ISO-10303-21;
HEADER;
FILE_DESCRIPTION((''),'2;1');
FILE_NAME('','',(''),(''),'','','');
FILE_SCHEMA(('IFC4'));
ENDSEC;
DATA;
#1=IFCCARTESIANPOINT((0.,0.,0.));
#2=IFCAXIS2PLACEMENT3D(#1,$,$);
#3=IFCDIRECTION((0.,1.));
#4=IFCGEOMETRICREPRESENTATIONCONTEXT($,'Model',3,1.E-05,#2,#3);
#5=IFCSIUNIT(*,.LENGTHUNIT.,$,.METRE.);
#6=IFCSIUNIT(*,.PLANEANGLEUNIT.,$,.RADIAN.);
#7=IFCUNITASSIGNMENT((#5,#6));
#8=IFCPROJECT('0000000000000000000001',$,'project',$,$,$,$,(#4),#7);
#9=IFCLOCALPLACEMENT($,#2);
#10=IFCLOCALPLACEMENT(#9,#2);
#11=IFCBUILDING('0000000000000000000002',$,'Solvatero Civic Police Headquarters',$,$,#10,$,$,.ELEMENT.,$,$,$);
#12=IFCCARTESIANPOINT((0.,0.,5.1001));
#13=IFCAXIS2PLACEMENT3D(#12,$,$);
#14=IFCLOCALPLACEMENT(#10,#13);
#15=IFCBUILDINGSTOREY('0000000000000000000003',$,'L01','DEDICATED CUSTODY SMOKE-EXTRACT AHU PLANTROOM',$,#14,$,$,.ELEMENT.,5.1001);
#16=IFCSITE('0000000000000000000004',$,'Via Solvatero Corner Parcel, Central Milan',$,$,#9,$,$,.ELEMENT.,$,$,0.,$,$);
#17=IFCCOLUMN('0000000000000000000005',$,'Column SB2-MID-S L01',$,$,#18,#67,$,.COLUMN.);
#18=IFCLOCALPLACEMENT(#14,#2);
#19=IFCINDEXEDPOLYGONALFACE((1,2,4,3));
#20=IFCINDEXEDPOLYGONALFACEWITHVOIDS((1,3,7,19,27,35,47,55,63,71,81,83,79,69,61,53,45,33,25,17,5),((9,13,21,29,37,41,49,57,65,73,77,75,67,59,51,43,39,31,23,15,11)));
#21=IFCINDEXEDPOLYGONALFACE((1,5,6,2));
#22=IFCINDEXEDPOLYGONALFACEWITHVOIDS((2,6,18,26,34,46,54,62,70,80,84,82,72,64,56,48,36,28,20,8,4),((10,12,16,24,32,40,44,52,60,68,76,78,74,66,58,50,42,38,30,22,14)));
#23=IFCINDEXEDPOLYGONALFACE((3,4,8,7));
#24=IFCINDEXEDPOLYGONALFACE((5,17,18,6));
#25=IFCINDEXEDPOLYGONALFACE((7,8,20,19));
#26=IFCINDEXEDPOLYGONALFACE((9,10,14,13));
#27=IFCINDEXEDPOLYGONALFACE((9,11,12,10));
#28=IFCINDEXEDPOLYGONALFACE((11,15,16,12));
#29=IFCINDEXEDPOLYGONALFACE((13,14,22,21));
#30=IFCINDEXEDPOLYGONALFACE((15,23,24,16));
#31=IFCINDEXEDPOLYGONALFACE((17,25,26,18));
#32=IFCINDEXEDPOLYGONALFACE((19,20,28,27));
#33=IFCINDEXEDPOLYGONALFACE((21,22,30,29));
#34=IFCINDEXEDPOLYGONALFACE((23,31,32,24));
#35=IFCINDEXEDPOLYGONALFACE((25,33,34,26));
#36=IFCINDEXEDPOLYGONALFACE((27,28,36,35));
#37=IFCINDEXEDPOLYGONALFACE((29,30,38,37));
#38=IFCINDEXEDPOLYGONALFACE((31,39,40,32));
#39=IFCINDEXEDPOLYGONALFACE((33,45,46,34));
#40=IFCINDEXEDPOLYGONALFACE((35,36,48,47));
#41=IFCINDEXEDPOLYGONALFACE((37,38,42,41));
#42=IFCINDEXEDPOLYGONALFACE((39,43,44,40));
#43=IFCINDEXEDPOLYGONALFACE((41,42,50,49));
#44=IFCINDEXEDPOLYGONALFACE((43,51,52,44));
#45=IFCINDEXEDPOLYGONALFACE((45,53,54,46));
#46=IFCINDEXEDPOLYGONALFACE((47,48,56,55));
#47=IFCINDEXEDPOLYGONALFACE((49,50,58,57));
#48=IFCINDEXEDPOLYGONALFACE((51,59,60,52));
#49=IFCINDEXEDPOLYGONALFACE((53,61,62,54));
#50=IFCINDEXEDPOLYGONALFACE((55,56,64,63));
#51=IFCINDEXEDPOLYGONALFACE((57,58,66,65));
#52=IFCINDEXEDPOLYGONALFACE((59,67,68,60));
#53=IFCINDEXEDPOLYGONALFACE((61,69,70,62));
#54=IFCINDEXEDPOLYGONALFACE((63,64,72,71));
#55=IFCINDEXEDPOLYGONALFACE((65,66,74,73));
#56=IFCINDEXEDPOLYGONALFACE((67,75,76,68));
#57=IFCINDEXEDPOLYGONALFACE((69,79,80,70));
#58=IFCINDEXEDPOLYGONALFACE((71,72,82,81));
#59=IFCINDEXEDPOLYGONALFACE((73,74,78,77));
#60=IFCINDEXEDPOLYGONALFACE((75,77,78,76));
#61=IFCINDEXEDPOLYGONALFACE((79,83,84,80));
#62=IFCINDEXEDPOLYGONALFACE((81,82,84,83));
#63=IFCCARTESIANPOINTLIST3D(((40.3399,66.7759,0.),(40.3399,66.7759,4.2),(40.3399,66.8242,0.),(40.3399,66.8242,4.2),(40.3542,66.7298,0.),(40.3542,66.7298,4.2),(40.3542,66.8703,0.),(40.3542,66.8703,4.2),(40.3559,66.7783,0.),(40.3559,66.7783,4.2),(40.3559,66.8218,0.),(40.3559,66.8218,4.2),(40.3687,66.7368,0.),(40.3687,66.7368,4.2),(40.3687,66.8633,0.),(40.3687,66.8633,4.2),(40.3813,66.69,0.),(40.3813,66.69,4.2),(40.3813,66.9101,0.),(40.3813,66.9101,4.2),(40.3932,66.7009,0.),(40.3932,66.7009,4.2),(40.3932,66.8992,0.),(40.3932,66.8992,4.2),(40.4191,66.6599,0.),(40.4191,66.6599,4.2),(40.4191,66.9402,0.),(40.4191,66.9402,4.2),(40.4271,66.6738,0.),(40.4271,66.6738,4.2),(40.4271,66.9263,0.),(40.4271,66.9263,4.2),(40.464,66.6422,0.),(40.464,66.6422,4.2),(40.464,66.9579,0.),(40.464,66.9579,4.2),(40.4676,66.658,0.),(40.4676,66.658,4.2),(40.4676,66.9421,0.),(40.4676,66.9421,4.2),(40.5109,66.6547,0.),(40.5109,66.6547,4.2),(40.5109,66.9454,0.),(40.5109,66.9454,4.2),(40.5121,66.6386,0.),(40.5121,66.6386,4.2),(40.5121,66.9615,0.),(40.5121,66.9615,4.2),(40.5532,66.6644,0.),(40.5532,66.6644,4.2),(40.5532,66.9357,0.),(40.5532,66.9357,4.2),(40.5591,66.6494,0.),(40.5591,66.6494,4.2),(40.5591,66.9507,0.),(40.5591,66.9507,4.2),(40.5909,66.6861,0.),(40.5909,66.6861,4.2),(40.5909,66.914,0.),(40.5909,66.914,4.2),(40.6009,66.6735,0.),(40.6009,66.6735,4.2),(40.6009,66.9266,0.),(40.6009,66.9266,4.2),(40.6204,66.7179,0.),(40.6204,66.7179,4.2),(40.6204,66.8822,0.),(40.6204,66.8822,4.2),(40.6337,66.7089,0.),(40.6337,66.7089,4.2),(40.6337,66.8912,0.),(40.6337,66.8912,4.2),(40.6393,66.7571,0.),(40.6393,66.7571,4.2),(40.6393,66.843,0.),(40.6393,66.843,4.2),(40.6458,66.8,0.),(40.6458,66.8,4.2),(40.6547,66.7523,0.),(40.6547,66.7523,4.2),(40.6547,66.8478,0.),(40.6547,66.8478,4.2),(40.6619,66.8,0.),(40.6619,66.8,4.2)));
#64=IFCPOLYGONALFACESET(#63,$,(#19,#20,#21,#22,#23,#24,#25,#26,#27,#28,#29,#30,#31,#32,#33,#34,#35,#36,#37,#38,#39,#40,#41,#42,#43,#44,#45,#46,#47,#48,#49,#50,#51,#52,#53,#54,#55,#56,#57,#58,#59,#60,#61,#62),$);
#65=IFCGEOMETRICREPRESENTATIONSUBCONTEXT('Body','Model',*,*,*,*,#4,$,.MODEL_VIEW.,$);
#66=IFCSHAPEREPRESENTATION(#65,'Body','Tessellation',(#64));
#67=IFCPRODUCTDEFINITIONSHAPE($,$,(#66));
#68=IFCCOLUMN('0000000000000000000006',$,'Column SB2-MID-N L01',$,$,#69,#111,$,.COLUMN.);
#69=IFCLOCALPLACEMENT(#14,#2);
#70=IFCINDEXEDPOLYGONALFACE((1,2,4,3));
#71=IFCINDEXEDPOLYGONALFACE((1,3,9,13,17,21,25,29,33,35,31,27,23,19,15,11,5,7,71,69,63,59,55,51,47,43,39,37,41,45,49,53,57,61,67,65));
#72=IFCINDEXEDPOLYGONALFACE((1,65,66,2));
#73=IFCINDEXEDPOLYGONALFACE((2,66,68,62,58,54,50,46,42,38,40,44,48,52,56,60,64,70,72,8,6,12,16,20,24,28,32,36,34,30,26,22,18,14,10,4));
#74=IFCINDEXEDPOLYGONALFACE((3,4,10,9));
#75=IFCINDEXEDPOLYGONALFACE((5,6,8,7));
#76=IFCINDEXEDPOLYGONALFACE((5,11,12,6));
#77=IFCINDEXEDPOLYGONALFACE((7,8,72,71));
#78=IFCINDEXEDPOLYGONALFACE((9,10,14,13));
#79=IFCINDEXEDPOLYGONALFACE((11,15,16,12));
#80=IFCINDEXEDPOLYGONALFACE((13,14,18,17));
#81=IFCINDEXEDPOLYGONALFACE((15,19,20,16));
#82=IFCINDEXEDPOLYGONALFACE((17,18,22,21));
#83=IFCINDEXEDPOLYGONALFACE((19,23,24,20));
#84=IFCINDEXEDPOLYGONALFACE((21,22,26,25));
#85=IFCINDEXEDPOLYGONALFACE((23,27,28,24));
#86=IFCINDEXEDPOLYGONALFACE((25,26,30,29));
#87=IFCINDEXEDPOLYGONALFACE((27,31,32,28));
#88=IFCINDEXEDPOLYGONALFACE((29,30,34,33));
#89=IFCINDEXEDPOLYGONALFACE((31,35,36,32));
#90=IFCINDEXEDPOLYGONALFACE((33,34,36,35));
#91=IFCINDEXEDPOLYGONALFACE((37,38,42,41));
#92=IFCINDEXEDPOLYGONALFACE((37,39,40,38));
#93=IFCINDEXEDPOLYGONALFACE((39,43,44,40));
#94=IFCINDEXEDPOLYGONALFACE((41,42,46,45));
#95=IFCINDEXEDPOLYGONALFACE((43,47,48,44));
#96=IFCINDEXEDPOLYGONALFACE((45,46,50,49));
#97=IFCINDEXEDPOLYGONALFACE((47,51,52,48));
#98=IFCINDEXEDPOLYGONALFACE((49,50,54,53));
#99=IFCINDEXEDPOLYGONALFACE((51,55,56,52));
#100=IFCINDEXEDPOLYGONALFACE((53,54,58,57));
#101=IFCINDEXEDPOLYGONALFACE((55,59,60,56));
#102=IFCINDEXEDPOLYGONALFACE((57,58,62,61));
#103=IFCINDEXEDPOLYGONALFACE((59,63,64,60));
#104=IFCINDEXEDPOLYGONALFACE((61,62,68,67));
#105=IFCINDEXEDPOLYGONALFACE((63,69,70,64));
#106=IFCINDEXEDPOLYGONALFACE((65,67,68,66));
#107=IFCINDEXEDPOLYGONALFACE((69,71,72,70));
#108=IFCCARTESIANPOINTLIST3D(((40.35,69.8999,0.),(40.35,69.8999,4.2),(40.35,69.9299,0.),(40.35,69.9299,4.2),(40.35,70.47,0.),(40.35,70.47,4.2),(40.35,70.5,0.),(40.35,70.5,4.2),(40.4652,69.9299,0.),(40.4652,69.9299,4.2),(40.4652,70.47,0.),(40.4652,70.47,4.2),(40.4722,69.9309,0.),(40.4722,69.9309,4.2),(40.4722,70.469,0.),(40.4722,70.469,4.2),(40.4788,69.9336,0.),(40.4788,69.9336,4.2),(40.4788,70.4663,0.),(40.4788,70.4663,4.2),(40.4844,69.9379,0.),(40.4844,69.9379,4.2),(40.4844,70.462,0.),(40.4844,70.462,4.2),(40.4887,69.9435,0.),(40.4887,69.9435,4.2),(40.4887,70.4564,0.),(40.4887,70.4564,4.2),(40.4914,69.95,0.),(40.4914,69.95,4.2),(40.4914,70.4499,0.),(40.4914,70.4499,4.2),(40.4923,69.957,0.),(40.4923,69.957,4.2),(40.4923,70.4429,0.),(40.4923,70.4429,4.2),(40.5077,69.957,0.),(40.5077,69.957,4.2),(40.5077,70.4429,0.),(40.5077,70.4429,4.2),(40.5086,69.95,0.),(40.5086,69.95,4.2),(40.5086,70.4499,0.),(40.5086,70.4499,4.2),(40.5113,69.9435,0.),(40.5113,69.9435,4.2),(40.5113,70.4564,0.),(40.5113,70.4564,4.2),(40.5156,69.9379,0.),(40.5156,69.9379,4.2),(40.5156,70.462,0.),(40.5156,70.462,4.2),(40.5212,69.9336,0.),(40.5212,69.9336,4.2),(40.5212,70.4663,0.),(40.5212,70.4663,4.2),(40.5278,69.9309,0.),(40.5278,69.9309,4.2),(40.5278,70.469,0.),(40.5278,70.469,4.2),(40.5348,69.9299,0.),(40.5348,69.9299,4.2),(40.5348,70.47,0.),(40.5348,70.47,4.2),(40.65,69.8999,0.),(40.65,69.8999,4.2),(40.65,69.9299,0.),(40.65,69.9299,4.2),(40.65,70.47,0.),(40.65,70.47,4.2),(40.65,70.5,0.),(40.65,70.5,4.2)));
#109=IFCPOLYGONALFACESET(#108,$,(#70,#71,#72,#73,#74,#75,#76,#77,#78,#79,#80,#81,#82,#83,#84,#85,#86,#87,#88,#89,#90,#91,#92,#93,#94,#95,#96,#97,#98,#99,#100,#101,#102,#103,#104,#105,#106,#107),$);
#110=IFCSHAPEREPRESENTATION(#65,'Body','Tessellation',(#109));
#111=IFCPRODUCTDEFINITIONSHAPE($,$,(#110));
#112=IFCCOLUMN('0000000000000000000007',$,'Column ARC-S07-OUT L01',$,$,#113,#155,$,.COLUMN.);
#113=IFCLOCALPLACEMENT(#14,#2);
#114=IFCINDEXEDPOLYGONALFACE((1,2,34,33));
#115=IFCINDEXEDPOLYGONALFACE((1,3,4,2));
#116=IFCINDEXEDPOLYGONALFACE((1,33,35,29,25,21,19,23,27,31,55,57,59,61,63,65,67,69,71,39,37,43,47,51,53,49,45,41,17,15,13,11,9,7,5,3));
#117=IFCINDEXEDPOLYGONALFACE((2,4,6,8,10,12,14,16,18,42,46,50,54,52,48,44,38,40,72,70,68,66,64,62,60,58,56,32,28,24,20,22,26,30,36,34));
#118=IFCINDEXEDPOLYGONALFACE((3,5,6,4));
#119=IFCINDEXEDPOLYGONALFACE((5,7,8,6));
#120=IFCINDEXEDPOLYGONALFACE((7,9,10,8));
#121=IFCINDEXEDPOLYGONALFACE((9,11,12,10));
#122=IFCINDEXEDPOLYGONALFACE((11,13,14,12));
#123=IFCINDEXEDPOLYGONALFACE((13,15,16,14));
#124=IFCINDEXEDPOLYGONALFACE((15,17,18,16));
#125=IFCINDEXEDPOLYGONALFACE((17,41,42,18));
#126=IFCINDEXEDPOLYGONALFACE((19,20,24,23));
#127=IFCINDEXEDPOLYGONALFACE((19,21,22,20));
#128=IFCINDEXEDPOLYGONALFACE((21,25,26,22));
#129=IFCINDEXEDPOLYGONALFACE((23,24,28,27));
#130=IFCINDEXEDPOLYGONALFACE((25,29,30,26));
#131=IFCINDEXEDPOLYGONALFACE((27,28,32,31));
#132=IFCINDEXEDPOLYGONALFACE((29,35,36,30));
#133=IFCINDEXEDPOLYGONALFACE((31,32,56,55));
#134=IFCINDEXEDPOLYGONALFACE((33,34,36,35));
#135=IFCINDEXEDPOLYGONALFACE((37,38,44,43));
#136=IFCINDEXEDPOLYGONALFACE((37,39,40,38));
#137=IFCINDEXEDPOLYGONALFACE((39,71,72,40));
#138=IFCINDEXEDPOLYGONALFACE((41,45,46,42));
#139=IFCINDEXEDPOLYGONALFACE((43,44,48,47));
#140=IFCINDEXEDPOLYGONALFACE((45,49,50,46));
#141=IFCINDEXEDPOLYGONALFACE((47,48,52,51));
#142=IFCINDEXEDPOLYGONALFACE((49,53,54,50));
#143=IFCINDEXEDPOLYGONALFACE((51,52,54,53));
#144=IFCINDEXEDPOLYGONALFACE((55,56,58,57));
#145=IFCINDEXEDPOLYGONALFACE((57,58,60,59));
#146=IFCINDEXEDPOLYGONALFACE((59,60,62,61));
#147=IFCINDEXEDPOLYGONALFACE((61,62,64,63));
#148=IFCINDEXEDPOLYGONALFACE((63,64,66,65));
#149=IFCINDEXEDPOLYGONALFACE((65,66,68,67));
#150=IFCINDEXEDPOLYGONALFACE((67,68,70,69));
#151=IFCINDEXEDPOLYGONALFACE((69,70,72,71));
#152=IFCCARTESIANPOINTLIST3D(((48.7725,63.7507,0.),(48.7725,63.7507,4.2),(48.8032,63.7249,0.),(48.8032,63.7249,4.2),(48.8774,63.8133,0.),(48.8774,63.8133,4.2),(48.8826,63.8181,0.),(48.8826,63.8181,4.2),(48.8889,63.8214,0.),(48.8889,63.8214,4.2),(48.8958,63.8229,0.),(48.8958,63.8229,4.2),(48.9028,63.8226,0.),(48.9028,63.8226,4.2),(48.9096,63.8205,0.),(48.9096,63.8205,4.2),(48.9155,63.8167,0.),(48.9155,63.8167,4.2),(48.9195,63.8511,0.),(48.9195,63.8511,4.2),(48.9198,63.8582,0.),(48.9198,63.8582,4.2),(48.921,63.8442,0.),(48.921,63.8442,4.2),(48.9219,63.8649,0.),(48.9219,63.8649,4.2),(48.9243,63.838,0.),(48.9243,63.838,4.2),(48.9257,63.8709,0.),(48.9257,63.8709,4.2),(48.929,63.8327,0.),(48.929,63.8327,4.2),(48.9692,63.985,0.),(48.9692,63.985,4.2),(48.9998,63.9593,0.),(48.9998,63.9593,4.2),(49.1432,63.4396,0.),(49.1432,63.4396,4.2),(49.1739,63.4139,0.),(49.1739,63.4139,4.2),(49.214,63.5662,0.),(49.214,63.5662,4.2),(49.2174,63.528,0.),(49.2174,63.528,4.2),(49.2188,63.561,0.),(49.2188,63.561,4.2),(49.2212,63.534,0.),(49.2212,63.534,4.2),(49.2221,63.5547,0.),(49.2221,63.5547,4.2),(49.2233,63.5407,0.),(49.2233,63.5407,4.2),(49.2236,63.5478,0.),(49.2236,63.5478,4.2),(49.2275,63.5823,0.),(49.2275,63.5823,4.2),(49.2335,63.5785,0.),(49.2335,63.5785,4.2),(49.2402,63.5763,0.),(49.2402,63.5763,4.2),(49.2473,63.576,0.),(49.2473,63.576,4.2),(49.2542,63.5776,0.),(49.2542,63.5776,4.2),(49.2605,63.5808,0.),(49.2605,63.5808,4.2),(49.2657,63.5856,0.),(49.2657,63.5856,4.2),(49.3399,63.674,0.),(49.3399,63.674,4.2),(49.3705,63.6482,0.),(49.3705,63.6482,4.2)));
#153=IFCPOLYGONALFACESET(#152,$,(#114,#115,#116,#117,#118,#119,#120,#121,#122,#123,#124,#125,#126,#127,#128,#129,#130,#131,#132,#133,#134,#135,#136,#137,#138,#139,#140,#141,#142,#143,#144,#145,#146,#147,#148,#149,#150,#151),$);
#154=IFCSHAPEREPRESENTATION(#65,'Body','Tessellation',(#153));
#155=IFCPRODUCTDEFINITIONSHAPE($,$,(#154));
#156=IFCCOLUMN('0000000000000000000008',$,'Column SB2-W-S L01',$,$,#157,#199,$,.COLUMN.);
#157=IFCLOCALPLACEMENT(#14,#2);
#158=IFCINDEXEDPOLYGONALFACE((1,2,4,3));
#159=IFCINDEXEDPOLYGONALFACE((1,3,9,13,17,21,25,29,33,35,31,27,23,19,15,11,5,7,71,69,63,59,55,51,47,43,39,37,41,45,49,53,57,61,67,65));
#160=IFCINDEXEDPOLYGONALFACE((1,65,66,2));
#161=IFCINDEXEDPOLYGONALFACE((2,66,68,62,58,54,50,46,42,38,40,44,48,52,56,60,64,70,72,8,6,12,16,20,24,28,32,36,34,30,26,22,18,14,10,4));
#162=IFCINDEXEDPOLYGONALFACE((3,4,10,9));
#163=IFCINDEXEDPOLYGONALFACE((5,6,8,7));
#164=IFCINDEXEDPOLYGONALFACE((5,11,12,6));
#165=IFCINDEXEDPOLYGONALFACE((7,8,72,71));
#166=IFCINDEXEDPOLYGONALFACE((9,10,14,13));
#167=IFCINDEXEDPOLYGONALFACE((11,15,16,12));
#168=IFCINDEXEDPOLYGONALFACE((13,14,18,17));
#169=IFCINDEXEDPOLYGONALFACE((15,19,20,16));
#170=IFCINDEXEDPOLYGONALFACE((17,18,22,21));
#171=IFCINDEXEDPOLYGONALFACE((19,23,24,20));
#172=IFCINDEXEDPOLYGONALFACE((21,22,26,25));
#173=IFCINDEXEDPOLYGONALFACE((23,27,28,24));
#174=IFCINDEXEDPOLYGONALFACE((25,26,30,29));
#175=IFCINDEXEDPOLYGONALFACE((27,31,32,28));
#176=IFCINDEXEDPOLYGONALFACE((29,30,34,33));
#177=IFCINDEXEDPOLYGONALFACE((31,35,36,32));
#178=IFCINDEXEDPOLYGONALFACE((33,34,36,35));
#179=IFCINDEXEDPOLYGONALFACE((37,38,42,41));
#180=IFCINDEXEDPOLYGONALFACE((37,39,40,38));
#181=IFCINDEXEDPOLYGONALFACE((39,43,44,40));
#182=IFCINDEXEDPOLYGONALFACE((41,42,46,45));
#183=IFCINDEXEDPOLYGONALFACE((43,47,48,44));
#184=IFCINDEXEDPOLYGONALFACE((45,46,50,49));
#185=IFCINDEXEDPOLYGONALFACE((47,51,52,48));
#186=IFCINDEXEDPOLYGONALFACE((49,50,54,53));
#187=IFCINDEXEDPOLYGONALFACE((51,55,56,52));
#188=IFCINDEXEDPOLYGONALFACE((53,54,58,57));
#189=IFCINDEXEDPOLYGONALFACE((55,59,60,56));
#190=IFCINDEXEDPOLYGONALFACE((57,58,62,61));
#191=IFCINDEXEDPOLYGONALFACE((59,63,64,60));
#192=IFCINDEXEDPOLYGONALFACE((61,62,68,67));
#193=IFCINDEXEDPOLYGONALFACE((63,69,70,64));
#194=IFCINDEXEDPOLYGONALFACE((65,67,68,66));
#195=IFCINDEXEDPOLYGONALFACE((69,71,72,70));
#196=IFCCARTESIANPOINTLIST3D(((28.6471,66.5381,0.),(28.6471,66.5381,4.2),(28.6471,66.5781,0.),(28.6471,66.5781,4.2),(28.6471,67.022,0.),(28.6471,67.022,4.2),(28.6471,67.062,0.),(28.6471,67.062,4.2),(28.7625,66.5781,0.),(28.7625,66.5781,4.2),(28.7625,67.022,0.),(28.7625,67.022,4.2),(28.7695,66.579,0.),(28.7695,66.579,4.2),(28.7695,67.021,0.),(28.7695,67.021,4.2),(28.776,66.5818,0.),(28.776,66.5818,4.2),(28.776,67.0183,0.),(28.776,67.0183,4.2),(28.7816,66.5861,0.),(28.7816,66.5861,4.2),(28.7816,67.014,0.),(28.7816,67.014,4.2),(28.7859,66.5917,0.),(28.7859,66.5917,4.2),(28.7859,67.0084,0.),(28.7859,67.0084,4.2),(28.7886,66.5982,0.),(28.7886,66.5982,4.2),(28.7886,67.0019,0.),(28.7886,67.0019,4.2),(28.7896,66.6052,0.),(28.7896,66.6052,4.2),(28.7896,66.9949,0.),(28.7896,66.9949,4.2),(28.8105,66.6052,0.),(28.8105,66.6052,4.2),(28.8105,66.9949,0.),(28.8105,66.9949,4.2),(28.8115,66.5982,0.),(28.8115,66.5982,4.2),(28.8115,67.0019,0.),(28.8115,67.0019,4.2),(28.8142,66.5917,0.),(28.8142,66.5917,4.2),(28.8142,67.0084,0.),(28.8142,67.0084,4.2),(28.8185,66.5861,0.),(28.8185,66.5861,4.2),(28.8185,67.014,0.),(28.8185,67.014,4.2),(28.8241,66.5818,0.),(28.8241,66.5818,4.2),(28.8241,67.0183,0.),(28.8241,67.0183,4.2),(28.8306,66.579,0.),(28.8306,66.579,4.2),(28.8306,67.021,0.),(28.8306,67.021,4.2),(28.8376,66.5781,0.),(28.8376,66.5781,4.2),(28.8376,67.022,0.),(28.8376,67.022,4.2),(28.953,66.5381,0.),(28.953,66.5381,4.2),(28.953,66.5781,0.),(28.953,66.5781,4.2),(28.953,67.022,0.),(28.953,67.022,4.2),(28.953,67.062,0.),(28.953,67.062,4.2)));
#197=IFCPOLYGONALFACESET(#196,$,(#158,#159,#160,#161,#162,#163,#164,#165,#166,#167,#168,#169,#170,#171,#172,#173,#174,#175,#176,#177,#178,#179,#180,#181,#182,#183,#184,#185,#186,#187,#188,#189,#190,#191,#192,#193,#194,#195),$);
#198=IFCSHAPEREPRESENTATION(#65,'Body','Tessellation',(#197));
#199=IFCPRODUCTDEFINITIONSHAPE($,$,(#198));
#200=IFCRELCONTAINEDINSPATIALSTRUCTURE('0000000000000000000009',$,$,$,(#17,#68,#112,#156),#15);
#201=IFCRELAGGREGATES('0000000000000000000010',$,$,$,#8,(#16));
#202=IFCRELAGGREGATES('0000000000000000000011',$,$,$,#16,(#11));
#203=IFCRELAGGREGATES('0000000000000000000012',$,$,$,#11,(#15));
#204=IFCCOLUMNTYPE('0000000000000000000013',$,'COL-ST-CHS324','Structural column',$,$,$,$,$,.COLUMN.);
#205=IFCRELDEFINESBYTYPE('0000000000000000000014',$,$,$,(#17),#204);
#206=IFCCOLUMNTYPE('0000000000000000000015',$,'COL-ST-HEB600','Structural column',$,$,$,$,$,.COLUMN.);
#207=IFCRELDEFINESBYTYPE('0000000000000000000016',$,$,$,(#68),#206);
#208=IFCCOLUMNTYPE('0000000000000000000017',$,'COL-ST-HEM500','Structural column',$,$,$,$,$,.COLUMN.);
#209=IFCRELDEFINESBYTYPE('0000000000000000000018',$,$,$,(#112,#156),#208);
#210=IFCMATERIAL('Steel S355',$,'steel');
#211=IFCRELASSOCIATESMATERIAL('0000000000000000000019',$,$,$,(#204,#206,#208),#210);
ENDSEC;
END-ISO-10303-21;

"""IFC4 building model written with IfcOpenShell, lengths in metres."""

from ifc_helpers import new_model, si_unit, direction, frame, origin, origin_2d, place, context, subcontext, project, spatial, hollow_circle, i_section, extrude, material, material_profile, profile_set, type_object, element, save


model = new_model("IFC4")

# Units and contexts
model_context = context("Model", 3, precision=1e-05, world=origin(), true_north=direction((0.0, 1.0)))
body_context = subcontext(model_context, "Body", "Model", "MODEL_VIEW")
ifc_project = project(units=[si_unit("LENGTHUNIT", "METRE"), si_unit("PLANEANGLEUNIT", "RADIAN")], contexts=[model_context])

# Site, building, storey
site_placement = place(None, origin())
site = spatial("IfcSite", under=ifc_project, at=site_placement, Name="Via Solvatero Corner Parcel, Central Milan", CompositionType="ELEMENT", RefElevation=0.0)
building_placement = place(site_placement, origin())
building = spatial("IfcBuilding", under=site, at=building_placement, Name="Solvatero Civic Police Headquarters", CompositionType="ELEMENT")
storey_placement = place(building_placement, frame((0.0, 0.0, 5.1001)))
storey = spatial("IfcBuildingStorey", under=building, at=storey_placement, Name="L01", Description="DEDICATED CUSTODY SMOKE-EXTRACT AHU PLANTROOM", CompositionType="ELEMENT", Elevation=5.1001)

# Columns
ifc_material_1 = material(Name="Steel S355", Category="steel")
ifc_material_profile_1 = material_profile(ifc_material_1, hollow_circle(Radius=0.1619, WallThickness=0.0161, at=origin_2d()), Name="CHS 323.9x16.0")
ifc_profile_set_1 = profile_set([ifc_material_profile_1], Name="Steel S355")
column_type_1 = type_object("IfcColumnType", Name="COL-ST-CHS324", Description="Structural column", PredefinedType="COLUMN", material=ifc_profile_set_1)
column_1_placement = place(storey_placement, frame((40.5, 66.8, 0.0), z_axis=(0.0, 0.0, 1.0), x_axis=(1.0, 0.0, 0.0)))
element("IfcColumn", 1, at=column_1_placement, inside=storey, type_object=column_type_1, Name="Column SB2-MID-S L01", PredefinedType="COLUMN", context=body_context, shape_type="SweptSolid", body=[
    extrude(hollow_circle(Radius=0.1619, WallThickness=0.0161, at=origin_2d()), origin(), (0.0, 0.0, 1.0), 4.2),
])
ifc_material_profile_2 = material_profile(ifc_material_1, i_section(OverallWidth=0.3, OverallDepth=0.6001, WebThickness=0.0154, FlangeThickness=0.03, FilletRadius=0.0271, at=origin_2d()), Name="HEB 600")
ifc_profile_set_2 = profile_set([ifc_material_profile_2], Name="Steel S355")
column_type_2 = type_object("IfcColumnType", Name="COL-ST-HEB600", Description="Structural column", PredefinedType="COLUMN", material=ifc_profile_set_2)
column_2_placement = place(storey_placement, frame((40.5, 70.2, 0.0), z_axis=(0.0, 0.0, 1.0), x_axis=(1.0, 0.0, 0.0)))
element("IfcColumn", 2, at=column_2_placement, inside=storey, type_object=column_type_2, Name="Column SB2-MID-N L01", PredefinedType="COLUMN", context=body_context, shape_type="SweptSolid", body=[
    extrude(i_section(OverallWidth=0.3, OverallDepth=0.6001, WebThickness=0.0154, FlangeThickness=0.03, FilletRadius=0.0271, at=origin_2d()), origin(), (0.0, 0.0, 1.0), 4.2),
])
ifc_material_profile_3 = material_profile(ifc_material_1, i_section(OverallWidth=0.3059, OverallDepth=0.5239, WebThickness=0.021, FlangeThickness=0.04, FilletRadius=0.0271, at=origin_2d()), Name="HEM 500")
ifc_profile_set_3 = profile_set([ifc_material_profile_3], Name="Steel S355")
column_type_3 = type_object("IfcColumnType", Name="COL-ST-HEM500", Description="Structural column", PredefinedType="COLUMN", material=ifc_profile_set_3)
for number, where, z_axis, x_axis, name in (
    (3, (49.0715, 63.6995, 0.0), (0.0, 0.0, 1.0), (0.642788, 0.766044, 0.0), "Column ARC-S07-OUT L01"),
    (4, (28.8, 66.8, 0.0), (0.0, 0.0, 1.0), (1.0, 0.0, 0.0), "Column SB2-W-S L01"),
):
    element("IfcColumn", number, at=place(storey_placement, frame(where, z_axis=z_axis, x_axis=x_axis)), inside=storey, type_object=column_type_3, Name=name, PredefinedType="COLUMN", context=body_context, shape_type="SweptSolid", body=[
        extrude(i_section(OverallWidth=0.3059, OverallDepth=0.5239, WebThickness=0.021, FlangeThickness=0.04, FilletRadius=0.0271, at=origin_2d()), origin(), (0.0, 0.0, 1.0), 4.2),
    ])

save(model, "model.ifc")
